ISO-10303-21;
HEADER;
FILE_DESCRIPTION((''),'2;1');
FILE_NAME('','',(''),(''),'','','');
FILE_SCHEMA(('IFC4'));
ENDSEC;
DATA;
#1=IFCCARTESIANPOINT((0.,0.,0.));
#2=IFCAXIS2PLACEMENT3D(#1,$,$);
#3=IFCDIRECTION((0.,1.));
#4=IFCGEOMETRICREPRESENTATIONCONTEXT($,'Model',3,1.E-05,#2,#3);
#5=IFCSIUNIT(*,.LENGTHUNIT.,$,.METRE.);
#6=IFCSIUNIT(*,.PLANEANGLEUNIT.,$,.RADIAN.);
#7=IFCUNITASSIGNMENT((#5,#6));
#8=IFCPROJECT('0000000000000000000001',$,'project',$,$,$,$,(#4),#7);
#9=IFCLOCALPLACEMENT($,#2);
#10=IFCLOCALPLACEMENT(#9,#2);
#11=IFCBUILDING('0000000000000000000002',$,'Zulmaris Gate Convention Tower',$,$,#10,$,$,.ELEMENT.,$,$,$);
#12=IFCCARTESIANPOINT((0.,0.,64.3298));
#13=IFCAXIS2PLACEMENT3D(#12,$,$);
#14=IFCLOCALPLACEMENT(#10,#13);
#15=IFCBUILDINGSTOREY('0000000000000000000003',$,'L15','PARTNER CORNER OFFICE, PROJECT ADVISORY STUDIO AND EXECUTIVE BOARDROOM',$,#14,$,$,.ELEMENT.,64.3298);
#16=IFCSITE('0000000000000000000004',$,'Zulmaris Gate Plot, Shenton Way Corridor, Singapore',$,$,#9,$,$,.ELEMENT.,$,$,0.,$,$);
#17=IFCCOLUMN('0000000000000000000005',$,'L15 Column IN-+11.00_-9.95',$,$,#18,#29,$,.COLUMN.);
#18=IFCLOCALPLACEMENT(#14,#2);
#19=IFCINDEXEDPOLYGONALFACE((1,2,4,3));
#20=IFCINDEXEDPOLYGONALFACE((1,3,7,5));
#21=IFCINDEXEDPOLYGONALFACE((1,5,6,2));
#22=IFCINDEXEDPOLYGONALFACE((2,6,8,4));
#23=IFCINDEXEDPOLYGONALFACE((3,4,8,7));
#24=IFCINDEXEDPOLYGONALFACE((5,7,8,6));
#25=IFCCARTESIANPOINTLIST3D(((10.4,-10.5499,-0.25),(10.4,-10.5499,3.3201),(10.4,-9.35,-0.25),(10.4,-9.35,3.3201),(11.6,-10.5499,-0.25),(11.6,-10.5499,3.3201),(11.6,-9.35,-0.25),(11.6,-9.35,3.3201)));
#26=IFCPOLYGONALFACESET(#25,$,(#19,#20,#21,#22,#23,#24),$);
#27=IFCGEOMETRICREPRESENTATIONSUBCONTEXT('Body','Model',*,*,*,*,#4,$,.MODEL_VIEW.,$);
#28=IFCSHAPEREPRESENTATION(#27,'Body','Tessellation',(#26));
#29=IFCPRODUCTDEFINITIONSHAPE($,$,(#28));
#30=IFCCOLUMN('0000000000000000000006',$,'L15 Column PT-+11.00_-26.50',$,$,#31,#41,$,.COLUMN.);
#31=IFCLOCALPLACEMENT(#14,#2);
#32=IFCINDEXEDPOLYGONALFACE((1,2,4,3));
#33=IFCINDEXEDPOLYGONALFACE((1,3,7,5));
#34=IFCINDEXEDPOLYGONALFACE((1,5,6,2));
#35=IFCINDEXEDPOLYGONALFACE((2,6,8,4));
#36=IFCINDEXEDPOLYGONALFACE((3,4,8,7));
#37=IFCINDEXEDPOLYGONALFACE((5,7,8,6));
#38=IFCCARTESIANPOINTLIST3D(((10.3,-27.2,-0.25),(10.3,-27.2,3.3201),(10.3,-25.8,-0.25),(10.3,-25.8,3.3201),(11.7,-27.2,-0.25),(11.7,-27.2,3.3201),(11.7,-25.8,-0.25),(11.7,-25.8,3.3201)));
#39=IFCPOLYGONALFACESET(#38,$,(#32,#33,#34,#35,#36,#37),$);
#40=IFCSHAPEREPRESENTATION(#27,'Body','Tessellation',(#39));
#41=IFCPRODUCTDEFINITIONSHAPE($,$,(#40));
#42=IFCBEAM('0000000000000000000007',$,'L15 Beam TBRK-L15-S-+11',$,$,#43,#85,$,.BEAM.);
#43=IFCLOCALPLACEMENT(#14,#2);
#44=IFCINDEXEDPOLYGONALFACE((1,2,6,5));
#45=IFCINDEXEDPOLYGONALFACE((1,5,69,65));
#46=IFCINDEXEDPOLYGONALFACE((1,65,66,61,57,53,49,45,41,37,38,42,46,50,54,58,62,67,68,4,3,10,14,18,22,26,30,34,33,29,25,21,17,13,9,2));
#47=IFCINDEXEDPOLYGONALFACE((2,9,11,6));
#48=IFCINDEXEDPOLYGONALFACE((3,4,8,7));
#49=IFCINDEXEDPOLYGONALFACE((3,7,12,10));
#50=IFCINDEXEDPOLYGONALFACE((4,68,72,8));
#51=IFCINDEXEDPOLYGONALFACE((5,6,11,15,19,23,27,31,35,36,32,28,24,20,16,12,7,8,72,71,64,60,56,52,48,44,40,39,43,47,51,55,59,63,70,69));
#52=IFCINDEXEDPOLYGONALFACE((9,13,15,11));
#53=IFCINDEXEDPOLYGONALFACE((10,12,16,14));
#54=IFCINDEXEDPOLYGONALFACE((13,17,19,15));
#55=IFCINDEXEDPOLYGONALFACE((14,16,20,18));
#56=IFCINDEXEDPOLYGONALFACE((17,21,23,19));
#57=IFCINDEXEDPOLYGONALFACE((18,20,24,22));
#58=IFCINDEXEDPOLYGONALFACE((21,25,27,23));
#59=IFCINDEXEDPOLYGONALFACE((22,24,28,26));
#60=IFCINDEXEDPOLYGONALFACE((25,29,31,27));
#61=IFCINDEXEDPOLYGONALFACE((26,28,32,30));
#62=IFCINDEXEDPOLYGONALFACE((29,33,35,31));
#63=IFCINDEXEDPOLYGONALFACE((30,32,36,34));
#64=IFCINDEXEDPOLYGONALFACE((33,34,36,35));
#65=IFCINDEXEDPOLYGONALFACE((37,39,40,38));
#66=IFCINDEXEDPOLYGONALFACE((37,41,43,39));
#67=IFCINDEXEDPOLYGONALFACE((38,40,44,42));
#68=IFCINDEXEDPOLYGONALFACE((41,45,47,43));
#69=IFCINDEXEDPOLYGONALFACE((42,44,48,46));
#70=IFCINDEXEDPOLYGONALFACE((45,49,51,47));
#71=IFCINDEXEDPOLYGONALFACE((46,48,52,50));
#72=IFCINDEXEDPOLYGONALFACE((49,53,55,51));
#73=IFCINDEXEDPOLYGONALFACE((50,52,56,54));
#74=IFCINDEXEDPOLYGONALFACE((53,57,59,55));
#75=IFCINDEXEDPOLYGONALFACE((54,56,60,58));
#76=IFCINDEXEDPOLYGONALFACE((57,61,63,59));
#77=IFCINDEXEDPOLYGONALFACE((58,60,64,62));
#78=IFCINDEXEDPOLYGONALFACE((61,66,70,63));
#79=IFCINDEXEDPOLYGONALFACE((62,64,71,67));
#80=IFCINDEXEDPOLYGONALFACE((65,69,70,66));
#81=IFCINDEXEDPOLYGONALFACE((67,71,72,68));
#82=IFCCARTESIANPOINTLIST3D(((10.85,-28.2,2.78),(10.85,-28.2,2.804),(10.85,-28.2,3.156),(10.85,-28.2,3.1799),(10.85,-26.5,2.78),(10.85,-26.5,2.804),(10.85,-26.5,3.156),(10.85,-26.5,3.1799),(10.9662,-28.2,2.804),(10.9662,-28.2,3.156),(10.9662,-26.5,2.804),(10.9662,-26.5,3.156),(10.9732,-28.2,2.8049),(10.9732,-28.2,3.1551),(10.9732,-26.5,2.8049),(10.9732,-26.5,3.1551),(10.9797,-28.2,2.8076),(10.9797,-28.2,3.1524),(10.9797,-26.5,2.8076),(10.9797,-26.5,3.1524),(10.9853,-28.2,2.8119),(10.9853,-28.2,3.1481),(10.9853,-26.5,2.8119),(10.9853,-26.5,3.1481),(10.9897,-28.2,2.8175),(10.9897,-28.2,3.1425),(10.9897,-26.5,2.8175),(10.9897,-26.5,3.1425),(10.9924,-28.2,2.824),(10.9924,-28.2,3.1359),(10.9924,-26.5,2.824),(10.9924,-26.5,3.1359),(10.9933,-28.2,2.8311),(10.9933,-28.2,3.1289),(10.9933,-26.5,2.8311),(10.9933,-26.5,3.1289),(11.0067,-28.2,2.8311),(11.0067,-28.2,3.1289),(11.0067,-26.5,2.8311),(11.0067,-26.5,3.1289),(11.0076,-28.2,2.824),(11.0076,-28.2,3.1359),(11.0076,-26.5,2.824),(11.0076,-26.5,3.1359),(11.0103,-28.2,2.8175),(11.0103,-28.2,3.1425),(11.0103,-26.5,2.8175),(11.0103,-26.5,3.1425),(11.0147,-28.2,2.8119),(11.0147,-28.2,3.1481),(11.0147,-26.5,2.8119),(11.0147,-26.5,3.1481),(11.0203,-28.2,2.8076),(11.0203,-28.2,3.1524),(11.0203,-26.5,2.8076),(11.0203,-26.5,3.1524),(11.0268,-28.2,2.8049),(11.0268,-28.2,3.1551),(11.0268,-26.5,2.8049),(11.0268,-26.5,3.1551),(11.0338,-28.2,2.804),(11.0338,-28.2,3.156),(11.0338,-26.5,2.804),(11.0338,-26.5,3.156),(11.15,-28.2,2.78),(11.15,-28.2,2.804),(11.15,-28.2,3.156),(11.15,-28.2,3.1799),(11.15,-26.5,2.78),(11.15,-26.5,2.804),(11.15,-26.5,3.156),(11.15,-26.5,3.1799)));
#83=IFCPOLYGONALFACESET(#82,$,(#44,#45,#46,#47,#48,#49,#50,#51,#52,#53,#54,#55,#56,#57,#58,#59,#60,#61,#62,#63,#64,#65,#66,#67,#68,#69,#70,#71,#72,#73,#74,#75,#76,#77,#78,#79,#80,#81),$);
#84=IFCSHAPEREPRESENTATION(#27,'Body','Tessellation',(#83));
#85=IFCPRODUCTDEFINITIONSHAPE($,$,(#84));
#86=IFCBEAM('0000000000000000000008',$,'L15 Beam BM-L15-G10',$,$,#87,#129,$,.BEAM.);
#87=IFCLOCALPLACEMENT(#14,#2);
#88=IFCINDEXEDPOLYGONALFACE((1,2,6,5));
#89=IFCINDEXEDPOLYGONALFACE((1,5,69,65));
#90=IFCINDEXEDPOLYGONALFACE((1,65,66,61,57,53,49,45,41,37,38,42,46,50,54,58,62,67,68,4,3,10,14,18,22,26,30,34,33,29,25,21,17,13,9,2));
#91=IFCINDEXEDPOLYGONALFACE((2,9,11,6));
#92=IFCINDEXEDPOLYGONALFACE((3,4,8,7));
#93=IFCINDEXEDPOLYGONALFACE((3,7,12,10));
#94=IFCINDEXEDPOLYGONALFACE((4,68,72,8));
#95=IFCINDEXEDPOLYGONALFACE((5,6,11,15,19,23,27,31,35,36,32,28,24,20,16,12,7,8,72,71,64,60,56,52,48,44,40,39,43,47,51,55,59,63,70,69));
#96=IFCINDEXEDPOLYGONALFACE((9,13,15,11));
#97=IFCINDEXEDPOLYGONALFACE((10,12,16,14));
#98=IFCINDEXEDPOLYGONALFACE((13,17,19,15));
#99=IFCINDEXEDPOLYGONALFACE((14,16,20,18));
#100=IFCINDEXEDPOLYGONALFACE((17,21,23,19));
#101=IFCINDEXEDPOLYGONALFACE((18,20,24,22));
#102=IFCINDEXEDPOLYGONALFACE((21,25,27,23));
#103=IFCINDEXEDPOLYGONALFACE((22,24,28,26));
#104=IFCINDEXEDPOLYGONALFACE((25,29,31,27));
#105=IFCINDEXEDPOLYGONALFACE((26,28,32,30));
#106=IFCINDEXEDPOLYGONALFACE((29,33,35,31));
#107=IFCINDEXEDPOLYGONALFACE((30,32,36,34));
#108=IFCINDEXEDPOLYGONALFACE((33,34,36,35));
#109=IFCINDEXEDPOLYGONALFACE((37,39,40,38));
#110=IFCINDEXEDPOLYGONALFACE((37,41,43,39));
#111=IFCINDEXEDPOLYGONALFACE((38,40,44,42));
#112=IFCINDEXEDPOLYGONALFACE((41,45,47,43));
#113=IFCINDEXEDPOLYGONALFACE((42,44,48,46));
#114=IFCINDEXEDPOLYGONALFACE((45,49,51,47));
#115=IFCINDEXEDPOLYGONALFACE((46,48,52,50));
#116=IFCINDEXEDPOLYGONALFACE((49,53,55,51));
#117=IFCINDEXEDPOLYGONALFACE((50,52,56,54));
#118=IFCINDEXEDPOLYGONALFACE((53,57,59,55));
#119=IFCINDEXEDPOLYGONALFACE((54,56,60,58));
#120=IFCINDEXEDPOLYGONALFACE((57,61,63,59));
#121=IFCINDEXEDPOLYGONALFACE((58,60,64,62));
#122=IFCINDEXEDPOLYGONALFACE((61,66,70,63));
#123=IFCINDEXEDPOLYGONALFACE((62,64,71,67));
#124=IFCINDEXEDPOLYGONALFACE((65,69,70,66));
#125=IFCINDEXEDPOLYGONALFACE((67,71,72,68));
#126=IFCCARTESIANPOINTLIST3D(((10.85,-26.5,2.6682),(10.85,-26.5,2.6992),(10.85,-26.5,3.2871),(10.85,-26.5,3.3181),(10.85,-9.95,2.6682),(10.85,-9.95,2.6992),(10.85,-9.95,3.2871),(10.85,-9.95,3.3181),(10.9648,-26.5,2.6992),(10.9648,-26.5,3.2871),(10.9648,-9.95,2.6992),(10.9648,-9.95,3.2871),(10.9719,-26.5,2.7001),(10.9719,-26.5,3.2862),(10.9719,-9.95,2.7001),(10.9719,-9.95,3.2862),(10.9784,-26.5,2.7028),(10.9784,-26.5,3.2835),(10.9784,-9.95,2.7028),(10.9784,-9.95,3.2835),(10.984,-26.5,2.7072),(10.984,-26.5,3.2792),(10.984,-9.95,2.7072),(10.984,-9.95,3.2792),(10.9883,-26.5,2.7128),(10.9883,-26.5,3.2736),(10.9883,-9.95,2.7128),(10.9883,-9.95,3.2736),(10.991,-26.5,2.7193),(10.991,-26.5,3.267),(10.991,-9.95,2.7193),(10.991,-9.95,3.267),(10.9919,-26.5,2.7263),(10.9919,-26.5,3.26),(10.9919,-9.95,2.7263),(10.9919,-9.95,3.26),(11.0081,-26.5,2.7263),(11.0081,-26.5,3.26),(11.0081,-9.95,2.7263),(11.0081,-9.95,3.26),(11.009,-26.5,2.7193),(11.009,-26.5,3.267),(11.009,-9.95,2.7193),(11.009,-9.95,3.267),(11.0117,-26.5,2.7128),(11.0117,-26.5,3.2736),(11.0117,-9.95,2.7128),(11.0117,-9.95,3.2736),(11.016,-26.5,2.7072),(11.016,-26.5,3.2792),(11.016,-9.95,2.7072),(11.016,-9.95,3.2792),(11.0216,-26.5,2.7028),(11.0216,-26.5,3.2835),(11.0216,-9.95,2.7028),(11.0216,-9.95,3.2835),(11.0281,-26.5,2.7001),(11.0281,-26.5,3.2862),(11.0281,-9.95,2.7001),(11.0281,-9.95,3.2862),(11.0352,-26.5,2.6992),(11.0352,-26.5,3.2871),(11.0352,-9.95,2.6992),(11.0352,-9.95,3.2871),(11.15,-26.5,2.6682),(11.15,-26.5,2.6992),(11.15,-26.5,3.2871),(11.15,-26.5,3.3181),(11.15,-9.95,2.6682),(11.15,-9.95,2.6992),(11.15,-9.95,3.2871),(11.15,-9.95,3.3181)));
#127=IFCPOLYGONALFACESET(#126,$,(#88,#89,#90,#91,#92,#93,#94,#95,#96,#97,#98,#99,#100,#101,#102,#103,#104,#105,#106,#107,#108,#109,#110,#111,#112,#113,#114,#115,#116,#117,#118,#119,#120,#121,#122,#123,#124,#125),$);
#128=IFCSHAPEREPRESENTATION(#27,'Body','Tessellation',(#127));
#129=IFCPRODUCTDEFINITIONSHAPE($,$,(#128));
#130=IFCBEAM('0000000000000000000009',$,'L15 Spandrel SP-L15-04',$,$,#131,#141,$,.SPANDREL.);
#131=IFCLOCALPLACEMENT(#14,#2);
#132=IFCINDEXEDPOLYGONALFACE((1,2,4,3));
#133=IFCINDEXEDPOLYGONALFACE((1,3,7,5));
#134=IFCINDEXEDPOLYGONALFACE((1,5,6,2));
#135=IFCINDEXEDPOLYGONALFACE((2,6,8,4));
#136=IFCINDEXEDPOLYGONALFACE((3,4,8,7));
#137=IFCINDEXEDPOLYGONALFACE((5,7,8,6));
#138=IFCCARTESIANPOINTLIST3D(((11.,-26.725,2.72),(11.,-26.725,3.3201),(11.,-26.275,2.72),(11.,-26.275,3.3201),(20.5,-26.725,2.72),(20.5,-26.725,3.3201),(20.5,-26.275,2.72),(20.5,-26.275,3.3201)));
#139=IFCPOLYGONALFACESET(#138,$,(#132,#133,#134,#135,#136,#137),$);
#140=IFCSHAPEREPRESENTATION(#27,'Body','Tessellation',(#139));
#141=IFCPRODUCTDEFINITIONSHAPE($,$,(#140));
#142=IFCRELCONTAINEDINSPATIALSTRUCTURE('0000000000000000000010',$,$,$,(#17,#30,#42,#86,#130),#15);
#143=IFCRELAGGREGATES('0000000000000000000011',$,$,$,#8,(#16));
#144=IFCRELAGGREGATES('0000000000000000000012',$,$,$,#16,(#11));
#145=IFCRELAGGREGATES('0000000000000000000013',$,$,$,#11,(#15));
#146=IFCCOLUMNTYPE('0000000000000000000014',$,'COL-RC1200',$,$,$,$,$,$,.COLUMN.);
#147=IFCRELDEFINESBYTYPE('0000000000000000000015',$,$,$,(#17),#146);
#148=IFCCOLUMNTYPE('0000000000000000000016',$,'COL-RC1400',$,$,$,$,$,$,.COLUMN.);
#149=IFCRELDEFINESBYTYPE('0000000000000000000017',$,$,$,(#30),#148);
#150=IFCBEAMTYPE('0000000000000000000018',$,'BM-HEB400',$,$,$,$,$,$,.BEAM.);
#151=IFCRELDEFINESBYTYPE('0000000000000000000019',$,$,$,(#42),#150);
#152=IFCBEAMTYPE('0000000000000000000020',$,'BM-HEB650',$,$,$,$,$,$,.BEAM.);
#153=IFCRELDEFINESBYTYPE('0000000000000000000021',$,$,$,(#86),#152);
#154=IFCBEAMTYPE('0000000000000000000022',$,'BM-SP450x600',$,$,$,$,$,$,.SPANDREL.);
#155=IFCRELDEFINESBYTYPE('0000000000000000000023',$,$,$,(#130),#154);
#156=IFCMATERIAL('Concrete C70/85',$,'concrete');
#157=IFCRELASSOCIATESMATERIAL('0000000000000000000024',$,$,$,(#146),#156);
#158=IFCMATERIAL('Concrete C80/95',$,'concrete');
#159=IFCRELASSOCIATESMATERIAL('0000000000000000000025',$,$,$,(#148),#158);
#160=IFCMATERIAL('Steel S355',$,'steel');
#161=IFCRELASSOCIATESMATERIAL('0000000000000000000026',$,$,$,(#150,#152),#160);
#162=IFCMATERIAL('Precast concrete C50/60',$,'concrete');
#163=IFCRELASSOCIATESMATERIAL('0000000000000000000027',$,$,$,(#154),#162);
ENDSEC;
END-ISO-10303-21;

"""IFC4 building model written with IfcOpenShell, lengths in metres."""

from ifc_helpers import new_model, si_unit, direction, frame, origin, origin_2d, place, context, subcontext, project, spatial, rectangle, i_section, extrude, material, material_profile, profile_set, type_object, element, save


model = new_model("IFC4")

# Units and contexts
model_context = context("Model", 3, precision=1e-05, world=origin(), true_north=direction((0.0, 1.0)))
body_context = subcontext(model_context, "Body", "Model", "MODEL_VIEW")
ifc_project = project(units=[si_unit("LENGTHUNIT", "METRE"), si_unit("PLANEANGLEUNIT", "RADIAN")], contexts=[model_context])

# Site, building, storey
site_placement = place(None, origin())
site = spatial("IfcSite", under=ifc_project, at=site_placement, Name="Zulmaris Gate Plot, Shenton Way Corridor, Singapore", CompositionType="ELEMENT", RefElevation=0.0)
building_placement = place(site_placement, origin())
building = spatial("IfcBuilding", under=site, at=building_placement, Name="Zulmaris Gate Convention Tower", CompositionType="ELEMENT")
storey_placement = place(building_placement, frame((0.0, 0.0, 64.3298)))
storey = spatial("IfcBuildingStorey", under=building, at=storey_placement, Name="L15", Description="PARTNER CORNER OFFICE, PROJECT ADVISORY STUDIO AND EXECUTIVE BOARDROOM", CompositionType="ELEMENT", Elevation=64.3298)

# Columns
ifc_material_1 = material(Name="Concrete C70/85", Category="concrete")
ifc_material_profile_1 = material_profile(ifc_material_1, rectangle(XDim=1.2, YDim=1.2, at=origin_2d()), Name="RC COL 1200x1200")
ifc_profile_set_1 = profile_set([ifc_material_profile_1], Name="Concrete C70/85")
column_type_1 = type_object("IfcColumnType", Name="COL-RC1200", PredefinedType="COLUMN", material=ifc_profile_set_1)
column_1_placement = place(storey_placement, frame((11.0, -9.95, -0.25), z_axis=(0.0, 0.0, 1.0), x_axis=(1.0, 0.0, 0.0)))
element("IfcColumn", 1, at=column_1_placement, inside=storey, type_object=column_type_1, Name="L15 Column IN-+11.00_-9.95", PredefinedType="COLUMN", context=body_context, shape_type="SweptSolid", body=[
    extrude(rectangle(XDim=1.2, YDim=1.2, at=origin_2d()), origin(), (0.0, 0.0, 1.0), 3.5701),
])
ifc_material_2 = material(Name="Concrete C80/95", Category="concrete")
ifc_material_profile_2 = material_profile(ifc_material_2, rectangle(XDim=1.3999, YDim=1.3999, at=origin_2d()), Name="RC COL 1400x1400")
ifc_profile_set_2 = profile_set([ifc_material_profile_2], Name="Concrete C80/95")
column_type_2 = type_object("IfcColumnType", Name="COL-RC1400", PredefinedType="COLUMN", material=ifc_profile_set_2)
column_2_placement = place(storey_placement, frame((11.0, -26.5, -0.25), z_axis=(0.0, 0.0, 1.0), x_axis=(1.0, 0.0, 0.0)))
element("IfcColumn", 2, at=column_2_placement, inside=storey, type_object=column_type_2, Name="L15 Column PT-+11.00_-26.50", PredefinedType="COLUMN", context=body_context, shape_type="SweptSolid", body=[
    extrude(rectangle(XDim=1.3999, YDim=1.3999, at=origin_2d()), origin(), (0.0, 0.0, 1.0), 3.5701),
])

# Beams
ifc_material_3 = material(Name="Steel S355", Category="steel")
ifc_material_profile_3 = material_profile(ifc_material_3, i_section(OverallWidth=0.3, OverallDepth=0.3999, WebThickness=0.0134, FlangeThickness=0.0239, FilletRadius=0.0271, at=origin_2d()), Name="HEB 400")
ifc_profile_set_3 = profile_set([ifc_material_profile_3], Name="Steel S355")
beam_type_1 = type_object("IfcBeamType", Name="BM-HEB400", PredefinedType="BEAM", material=ifc_profile_set_3)
beam_1_placement = place(storey_placement, frame((11.0, -28.2, 2.98), z_axis=(0.0, 1.0, 0.0), x_axis=(-1.0, 0.0, 0.0)))
element("IfcBeam", 3, at=beam_1_placement, inside=storey, type_object=beam_type_1, Name="L15 Beam TBRK-L15-S-+11", PredefinedType="BEAM", context=body_context, shape_type="SweptSolid", body=[
    extrude(i_section(OverallWidth=0.3, OverallDepth=0.3999, WebThickness=0.0134, FlangeThickness=0.0239, FilletRadius=0.0271, at=origin_2d()), origin(), (0.0, 0.0, 1.0), 1.7),
])
ifc_material_profile_4 = material_profile(ifc_material_3, i_section(OverallWidth=0.3, OverallDepth=0.6499, WebThickness=0.0161, FlangeThickness=0.031, FilletRadius=0.0271, at=origin_2d()), Name="HEB 650")
ifc_profile_set_4 = profile_set([ifc_material_profile_4], Name="Steel S355")
beam_type_2 = type_object("IfcBeamType", Name="BM-HEB650", PredefinedType="BEAM", material=ifc_profile_set_4)
beam_2_placement = place(storey_placement, frame((11.0, -26.5, 2.9932), z_axis=(0.0, 1.0, 0.0), x_axis=(-1.0, 0.0, 0.0)))
element("IfcBeam", 4, at=beam_2_placement, inside=storey, type_object=beam_type_2, Name="L15 Beam BM-L15-G10", PredefinedType="BEAM", context=body_context, shape_type="SweptSolid", body=[
    extrude(i_section(OverallWidth=0.3, OverallDepth=0.6499, WebThickness=0.0161, FlangeThickness=0.031, FilletRadius=0.0271, at=origin_2d()), origin(), (0.0, 0.0, 1.0), 16.55),
])
ifc_material_4 = material(Name="Precast concrete C50/60", Category="concrete")
ifc_material_profile_5 = material_profile(ifc_material_4, rectangle(XDim=0.45, YDim=0.6001, at=origin_2d()), Name="RC SPANDREL 450x600")
ifc_profile_set_5 = profile_set([ifc_material_profile_5], Name="Precast concrete C50/60")
beam_type_3 = type_object("IfcBeamType", Name="BM-SP450x600", PredefinedType="SPANDREL", material=ifc_profile_set_5)
beam_3_placement = place(storey_placement, frame((11.0, -26.5, 3.02), z_axis=(1.0, 0.0, 0.0), x_axis=(0.0, 1.0, 0.0)))
element("IfcBeam", 5, at=beam_3_placement, inside=storey, type_object=beam_type_3, Name="L15 Spandrel SP-L15-04", PredefinedType="SPANDREL", context=body_context, shape_type="SweptSolid", body=[
    extrude(rectangle(XDim=0.45, YDim=0.6001, at=origin_2d()), origin(), (0.0, 0.0, 1.0), 9.5),
])

save(model, "model.ifc")
